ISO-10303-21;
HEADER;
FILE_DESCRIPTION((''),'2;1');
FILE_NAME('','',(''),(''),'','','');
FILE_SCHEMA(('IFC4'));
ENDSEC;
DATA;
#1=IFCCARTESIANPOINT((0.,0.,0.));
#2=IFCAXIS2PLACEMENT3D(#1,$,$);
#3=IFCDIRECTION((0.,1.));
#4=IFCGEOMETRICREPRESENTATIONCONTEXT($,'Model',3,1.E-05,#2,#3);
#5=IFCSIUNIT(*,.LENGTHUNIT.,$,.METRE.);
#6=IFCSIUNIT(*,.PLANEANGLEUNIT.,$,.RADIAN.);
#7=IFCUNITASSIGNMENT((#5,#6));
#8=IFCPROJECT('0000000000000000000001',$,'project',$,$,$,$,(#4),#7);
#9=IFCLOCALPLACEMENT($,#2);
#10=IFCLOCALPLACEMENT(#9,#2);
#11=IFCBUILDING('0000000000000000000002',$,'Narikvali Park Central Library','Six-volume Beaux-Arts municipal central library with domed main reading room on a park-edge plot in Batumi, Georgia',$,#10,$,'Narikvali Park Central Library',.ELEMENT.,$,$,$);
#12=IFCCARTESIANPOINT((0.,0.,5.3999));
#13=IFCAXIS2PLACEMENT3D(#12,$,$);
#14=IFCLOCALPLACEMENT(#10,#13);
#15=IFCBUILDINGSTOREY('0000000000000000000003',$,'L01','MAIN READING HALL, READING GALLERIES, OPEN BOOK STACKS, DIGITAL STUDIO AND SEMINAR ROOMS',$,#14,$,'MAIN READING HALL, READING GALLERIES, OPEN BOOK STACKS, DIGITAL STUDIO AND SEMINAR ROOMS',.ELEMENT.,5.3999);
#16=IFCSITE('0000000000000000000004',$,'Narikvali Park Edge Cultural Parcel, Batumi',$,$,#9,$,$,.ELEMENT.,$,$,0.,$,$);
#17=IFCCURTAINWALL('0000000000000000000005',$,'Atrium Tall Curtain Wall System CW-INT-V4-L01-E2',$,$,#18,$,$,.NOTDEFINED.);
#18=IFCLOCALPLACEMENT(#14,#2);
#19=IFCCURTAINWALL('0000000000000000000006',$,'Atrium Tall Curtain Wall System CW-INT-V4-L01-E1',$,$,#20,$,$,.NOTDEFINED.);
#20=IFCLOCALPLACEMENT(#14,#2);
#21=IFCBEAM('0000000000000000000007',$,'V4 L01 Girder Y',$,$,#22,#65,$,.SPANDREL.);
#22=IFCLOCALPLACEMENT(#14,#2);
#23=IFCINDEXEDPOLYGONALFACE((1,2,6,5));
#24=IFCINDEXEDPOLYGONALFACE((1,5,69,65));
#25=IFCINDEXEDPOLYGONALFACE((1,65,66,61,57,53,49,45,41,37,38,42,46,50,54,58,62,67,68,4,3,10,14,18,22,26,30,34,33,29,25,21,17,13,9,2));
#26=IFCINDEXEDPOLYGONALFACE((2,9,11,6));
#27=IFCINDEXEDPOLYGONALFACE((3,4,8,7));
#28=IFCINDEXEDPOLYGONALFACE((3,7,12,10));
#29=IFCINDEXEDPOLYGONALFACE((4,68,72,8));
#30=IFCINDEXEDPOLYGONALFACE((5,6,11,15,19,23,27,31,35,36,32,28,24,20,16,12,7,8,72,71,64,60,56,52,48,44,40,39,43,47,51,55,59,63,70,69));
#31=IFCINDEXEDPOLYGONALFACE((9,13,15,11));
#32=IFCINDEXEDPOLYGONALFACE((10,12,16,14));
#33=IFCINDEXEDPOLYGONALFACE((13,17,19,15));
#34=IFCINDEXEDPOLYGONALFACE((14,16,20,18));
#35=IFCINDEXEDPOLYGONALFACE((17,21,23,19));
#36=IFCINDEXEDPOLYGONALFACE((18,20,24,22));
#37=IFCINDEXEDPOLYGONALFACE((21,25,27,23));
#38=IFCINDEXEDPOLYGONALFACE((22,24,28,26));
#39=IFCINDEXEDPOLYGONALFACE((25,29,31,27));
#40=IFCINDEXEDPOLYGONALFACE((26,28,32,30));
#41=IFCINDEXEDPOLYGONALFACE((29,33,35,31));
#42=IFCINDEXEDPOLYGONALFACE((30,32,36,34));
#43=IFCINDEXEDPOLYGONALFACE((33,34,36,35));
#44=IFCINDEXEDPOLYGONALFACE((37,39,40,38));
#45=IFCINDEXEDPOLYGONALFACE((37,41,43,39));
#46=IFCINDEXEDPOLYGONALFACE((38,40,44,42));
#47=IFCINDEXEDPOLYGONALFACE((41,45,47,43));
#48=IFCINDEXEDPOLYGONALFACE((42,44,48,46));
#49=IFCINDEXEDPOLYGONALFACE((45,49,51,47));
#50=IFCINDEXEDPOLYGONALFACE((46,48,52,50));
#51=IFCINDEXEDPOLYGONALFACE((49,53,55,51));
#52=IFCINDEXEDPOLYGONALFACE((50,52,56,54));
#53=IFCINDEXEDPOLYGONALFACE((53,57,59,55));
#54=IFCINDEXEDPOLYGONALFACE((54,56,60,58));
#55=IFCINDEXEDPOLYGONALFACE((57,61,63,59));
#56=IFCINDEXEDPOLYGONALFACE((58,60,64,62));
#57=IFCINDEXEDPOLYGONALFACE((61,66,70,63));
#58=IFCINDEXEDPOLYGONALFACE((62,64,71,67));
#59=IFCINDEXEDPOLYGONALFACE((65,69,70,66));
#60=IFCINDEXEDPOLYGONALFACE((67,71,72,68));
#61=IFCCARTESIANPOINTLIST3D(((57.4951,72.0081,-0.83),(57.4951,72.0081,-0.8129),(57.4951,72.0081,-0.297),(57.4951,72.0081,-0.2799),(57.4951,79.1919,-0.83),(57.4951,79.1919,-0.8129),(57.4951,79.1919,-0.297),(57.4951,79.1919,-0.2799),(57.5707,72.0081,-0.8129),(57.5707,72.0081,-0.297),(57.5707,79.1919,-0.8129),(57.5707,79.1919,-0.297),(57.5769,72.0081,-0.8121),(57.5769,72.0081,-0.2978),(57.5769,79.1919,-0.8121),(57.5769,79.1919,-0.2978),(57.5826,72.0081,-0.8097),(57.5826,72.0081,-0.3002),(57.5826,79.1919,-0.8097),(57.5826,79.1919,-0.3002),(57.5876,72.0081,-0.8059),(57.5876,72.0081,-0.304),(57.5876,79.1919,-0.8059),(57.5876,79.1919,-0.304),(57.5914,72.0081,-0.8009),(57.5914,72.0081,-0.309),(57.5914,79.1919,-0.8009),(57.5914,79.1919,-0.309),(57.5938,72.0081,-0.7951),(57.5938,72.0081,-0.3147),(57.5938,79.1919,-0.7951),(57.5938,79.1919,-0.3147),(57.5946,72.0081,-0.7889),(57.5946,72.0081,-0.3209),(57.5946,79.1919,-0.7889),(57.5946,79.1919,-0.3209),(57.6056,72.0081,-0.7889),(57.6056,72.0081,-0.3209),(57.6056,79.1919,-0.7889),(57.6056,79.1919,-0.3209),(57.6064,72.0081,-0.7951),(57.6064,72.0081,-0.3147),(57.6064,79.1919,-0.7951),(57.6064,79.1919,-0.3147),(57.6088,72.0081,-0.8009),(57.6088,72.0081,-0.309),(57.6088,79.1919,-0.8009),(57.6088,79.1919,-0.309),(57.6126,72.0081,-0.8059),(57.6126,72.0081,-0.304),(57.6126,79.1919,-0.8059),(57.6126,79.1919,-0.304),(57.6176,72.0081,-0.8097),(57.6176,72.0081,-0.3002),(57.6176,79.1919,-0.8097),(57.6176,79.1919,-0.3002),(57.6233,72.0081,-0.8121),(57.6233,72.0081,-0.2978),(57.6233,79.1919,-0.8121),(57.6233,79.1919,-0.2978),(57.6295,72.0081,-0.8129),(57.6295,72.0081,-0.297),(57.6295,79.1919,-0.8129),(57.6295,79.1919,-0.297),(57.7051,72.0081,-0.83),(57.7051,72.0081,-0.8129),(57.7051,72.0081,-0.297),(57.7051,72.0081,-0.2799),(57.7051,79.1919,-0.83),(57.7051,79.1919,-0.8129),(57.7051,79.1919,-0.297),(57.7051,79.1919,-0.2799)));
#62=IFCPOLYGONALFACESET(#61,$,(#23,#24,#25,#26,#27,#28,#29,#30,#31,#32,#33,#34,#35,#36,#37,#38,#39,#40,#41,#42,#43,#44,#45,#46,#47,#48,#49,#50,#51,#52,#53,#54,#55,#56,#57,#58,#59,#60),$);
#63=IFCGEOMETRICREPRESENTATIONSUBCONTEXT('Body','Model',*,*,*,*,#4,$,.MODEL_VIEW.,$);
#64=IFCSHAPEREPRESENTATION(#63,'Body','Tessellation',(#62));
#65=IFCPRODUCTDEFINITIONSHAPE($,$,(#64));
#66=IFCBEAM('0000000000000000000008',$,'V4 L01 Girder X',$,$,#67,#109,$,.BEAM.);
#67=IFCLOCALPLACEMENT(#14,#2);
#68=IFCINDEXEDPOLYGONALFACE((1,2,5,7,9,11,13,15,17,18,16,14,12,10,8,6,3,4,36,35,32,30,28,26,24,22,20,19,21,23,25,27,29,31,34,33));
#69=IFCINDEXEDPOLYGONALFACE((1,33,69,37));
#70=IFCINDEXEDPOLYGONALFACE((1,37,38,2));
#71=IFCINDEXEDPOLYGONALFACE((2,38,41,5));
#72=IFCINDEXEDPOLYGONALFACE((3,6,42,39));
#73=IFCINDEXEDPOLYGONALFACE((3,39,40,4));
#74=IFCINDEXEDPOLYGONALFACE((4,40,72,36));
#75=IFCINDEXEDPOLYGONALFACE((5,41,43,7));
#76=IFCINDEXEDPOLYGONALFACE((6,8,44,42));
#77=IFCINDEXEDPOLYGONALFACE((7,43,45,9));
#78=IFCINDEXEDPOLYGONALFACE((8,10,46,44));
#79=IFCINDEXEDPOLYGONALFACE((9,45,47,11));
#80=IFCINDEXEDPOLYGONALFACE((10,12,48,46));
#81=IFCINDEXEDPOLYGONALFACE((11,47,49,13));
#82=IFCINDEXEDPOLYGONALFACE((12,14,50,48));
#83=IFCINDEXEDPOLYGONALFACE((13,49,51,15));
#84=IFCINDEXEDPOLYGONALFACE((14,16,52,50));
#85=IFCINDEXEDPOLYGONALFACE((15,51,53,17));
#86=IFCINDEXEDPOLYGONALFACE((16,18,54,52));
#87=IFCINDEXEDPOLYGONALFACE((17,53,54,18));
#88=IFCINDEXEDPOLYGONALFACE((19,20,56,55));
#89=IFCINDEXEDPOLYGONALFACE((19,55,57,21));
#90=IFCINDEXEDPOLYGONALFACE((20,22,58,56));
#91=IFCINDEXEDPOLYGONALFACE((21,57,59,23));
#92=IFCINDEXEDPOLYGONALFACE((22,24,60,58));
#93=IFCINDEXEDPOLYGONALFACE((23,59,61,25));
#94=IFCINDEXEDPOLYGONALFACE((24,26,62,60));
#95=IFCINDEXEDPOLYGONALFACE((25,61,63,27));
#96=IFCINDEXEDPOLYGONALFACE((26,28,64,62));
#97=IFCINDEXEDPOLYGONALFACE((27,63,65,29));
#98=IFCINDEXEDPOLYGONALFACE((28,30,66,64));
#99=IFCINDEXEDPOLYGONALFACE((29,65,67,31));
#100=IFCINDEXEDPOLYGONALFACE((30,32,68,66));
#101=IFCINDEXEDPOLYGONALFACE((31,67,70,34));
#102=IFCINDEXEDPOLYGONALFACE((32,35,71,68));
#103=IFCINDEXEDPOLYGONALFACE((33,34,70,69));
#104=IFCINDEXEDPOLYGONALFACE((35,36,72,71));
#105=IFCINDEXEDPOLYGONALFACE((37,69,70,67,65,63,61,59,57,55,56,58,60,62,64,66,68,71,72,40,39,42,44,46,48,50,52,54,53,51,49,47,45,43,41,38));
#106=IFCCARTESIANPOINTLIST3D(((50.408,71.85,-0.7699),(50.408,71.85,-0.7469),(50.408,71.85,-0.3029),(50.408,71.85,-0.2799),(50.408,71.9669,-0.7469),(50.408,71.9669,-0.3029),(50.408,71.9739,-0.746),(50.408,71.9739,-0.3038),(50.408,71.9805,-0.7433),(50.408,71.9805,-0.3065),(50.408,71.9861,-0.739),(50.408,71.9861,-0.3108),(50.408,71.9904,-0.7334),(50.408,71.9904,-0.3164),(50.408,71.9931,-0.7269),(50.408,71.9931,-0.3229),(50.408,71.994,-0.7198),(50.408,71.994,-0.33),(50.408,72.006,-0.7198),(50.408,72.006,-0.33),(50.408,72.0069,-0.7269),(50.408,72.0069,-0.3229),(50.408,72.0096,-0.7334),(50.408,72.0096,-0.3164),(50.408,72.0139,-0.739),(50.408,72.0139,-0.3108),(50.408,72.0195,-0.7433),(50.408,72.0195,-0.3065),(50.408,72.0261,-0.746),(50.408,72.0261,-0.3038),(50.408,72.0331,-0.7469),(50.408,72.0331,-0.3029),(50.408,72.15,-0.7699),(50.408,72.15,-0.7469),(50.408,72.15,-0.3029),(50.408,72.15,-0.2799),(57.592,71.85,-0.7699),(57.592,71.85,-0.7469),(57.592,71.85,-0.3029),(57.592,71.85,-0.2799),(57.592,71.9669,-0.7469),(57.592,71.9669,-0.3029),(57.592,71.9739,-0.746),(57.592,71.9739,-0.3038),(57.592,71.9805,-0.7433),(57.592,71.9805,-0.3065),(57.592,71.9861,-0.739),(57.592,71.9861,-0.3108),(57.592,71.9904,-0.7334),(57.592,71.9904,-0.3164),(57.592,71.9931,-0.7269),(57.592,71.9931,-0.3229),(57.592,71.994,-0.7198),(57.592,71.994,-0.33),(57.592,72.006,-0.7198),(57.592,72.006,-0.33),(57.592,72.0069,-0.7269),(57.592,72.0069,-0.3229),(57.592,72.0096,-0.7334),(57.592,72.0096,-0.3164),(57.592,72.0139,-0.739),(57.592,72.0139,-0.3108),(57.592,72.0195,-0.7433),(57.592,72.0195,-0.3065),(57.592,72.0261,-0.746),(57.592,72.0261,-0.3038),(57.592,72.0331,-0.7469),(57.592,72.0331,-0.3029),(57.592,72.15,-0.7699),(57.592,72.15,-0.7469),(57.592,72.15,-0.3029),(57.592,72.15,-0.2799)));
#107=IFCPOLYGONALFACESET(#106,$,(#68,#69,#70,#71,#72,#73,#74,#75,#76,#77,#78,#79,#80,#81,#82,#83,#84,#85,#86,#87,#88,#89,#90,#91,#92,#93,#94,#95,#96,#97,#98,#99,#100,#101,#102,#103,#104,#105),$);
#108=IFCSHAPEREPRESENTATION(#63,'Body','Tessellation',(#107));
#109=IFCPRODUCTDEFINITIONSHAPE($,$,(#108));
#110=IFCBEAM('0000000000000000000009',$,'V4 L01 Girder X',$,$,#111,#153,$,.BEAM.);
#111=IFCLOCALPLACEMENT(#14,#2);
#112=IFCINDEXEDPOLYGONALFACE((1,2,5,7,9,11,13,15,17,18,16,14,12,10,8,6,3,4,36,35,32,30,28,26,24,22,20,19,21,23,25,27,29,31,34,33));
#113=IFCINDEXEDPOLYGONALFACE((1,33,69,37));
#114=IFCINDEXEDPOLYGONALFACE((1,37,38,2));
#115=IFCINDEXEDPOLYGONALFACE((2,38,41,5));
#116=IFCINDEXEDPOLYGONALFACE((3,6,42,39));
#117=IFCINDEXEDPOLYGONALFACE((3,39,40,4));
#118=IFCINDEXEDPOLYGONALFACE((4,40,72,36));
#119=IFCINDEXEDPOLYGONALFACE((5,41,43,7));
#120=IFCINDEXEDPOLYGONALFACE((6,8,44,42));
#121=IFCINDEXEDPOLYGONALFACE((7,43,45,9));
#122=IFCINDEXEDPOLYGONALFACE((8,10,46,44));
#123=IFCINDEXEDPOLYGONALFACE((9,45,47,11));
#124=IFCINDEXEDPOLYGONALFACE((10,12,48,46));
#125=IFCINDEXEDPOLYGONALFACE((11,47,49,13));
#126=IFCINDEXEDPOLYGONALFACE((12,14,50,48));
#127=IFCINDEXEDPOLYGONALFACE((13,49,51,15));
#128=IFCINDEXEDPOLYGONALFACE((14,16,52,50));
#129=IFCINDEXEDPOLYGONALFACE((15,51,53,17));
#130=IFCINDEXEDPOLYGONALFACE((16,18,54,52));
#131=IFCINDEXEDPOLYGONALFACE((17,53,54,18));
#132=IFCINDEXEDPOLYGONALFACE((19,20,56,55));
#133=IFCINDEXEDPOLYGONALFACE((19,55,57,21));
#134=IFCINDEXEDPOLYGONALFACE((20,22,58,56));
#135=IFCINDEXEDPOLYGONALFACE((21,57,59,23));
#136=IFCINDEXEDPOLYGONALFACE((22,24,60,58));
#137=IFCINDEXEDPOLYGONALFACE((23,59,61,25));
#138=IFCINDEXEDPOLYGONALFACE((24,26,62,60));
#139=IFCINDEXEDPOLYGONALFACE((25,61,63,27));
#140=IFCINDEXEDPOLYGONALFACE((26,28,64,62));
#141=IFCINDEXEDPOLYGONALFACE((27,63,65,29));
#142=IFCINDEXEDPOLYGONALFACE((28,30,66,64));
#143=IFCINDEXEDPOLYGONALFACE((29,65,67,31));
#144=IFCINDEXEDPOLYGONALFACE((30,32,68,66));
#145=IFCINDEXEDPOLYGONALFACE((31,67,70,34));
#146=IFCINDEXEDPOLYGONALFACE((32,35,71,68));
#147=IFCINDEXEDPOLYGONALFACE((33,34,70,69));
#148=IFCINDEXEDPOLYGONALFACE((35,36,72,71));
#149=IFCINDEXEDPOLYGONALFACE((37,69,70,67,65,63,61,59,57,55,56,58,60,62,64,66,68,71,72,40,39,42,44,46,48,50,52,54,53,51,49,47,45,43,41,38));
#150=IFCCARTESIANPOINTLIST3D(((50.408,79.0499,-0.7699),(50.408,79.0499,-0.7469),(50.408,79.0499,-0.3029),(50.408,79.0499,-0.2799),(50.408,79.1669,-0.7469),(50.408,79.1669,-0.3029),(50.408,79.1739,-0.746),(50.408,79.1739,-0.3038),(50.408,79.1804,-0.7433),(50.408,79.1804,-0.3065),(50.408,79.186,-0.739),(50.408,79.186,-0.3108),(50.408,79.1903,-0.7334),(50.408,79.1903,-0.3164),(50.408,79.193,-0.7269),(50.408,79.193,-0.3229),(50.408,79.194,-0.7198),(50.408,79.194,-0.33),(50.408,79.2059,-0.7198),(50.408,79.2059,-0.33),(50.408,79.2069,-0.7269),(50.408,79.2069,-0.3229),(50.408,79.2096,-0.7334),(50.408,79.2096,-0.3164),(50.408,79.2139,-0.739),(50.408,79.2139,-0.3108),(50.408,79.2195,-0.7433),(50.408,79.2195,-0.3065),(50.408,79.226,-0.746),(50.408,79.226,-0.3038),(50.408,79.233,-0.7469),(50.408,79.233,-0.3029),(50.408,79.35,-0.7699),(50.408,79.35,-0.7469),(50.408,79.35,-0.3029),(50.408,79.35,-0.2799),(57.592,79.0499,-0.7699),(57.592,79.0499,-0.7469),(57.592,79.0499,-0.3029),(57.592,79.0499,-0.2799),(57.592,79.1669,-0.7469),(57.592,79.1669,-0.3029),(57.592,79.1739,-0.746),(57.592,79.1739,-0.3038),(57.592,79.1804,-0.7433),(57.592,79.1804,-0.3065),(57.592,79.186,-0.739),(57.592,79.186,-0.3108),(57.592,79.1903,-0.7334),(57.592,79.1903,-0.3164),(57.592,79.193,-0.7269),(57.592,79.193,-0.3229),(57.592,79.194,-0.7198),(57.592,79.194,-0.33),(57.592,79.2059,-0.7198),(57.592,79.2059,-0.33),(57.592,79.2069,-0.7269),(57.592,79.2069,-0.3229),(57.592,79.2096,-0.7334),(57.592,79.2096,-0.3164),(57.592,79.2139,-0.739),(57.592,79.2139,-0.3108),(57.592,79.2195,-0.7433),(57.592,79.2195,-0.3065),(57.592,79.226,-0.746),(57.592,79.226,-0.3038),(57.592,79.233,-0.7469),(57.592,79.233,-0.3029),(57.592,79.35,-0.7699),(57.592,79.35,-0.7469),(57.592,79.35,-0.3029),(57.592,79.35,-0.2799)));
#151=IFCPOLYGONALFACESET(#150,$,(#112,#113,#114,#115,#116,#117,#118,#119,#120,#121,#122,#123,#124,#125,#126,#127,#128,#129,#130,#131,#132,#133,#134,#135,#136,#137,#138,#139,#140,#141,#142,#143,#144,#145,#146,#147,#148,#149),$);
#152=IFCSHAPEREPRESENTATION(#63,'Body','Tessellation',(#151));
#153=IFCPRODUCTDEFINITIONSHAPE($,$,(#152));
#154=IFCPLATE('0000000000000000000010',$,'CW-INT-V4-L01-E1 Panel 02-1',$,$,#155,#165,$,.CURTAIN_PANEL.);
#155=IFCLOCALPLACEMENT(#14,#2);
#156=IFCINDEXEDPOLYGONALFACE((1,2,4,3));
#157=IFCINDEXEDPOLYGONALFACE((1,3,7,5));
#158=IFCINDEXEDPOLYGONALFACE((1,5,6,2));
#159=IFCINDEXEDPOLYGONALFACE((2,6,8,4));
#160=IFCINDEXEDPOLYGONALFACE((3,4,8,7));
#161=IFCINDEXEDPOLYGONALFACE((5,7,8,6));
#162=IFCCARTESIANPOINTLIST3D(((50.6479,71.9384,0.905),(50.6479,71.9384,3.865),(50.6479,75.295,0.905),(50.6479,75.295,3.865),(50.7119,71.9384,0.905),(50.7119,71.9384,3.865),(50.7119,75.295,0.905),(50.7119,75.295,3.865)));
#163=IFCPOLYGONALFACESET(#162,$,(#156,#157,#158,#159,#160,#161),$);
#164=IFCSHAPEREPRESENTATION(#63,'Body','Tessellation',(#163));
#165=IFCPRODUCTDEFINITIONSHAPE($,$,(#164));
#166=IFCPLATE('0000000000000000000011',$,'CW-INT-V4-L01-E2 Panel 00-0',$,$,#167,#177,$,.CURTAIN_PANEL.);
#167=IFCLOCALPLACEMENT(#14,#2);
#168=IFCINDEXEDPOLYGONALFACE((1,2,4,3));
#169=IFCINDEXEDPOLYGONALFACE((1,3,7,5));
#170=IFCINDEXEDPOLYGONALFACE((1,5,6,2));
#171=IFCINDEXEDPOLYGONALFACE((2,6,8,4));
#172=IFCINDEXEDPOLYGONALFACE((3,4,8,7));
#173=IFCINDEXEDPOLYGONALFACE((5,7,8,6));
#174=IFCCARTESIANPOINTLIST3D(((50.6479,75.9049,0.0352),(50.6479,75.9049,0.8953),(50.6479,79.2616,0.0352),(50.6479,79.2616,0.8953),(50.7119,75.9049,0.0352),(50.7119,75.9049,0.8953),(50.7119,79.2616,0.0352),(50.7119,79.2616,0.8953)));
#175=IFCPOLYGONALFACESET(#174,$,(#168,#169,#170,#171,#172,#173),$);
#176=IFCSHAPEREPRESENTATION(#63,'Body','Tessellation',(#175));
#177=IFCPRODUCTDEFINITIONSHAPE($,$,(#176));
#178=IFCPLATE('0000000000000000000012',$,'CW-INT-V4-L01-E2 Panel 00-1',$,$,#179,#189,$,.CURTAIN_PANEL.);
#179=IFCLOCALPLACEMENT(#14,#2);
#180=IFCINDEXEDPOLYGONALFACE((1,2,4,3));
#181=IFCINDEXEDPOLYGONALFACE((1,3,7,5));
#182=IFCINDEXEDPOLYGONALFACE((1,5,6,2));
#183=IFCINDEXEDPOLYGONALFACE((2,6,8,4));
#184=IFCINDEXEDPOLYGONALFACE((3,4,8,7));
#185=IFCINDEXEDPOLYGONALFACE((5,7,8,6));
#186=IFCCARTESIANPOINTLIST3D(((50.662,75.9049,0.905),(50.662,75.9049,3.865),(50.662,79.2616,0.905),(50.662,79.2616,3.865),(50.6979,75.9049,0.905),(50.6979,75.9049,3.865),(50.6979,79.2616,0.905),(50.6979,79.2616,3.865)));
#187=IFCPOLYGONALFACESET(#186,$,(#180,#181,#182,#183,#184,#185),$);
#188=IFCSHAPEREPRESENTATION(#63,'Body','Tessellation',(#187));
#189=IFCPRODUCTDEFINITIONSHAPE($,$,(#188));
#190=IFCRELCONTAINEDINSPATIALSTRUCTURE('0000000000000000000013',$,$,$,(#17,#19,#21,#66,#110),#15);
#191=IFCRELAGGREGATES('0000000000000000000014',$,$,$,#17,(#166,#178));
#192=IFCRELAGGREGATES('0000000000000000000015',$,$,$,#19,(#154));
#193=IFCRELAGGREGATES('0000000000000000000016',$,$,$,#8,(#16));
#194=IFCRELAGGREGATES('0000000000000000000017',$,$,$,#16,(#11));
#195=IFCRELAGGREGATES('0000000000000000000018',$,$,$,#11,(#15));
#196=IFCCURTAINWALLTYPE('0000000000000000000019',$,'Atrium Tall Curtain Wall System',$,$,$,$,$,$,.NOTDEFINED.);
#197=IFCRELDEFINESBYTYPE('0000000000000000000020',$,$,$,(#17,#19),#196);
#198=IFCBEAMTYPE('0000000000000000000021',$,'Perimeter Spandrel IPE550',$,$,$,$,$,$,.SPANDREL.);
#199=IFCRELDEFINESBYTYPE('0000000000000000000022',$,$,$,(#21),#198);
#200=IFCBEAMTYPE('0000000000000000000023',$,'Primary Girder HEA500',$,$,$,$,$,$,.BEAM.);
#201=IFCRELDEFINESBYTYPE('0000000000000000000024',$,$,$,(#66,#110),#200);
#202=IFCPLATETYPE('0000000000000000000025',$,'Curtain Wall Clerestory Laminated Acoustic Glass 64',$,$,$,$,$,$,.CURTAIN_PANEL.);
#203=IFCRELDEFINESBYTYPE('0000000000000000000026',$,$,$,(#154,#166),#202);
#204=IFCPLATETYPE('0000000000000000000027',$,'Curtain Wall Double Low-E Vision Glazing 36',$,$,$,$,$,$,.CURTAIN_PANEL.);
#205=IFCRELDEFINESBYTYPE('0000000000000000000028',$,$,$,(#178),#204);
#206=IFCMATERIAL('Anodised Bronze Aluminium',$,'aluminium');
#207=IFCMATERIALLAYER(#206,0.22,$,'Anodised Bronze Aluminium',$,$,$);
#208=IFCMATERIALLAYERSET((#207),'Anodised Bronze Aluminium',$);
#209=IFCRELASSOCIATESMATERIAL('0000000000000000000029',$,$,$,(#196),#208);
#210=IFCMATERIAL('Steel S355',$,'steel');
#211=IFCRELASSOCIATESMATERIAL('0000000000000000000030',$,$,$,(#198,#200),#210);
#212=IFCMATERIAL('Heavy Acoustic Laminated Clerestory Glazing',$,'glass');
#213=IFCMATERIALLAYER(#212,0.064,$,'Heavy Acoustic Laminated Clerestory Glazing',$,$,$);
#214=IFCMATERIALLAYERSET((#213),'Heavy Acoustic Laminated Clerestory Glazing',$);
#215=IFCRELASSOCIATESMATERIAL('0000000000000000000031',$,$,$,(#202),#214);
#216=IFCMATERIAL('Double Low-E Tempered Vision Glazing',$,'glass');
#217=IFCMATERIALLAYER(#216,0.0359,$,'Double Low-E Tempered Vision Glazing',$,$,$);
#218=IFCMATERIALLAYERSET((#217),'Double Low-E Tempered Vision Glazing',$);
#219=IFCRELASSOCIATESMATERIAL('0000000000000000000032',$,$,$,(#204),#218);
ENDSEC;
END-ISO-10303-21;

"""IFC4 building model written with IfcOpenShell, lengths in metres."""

from ifc_helpers import new_model, si_unit, direction, frame, origin, origin_2d, place, context, subcontext, project, spatial, rectangle, i_section, extrude, material, layer, layer_set, material_profile, profile_set, type_object, element, aggregate, save


model = new_model("IFC4")

# Units and contexts
model_context = context("Model", 3, precision=1e-05, world=origin(), true_north=direction((0.0, 1.0)))
body_context = subcontext(model_context, "Body", "Model", "MODEL_VIEW")
ifc_project = project(units=[si_unit("LENGTHUNIT", "METRE"), si_unit("PLANEANGLEUNIT", "RADIAN")], contexts=[model_context])

# Site, building, storey
site_placement = place(None, origin())
site = spatial("IfcSite", under=ifc_project, at=site_placement, Name="Narikvali Park Edge Cultural Parcel, Batumi", CompositionType="ELEMENT", RefElevation=0.0)
building_placement = place(site_placement, origin())
building = spatial("IfcBuilding", under=site, at=building_placement, Name="Narikvali Park Central Library", Description="Six-volume Beaux-Arts municipal central library with domed main reading room on a park-edge plot in Batumi, Georgia", LongName="Narikvali Park Central Library", CompositionType="ELEMENT")
storey_placement = place(building_placement, frame((0.0, 0.0, 5.3999)))
storey = spatial("IfcBuildingStorey", under=building, at=storey_placement, Name="L01", Description="MAIN READING HALL, READING GALLERIES, OPEN BOOK STACKS, DIGITAL STUDIO AND SEMINAR ROOMS", LongName="MAIN READING HALL, READING GALLERIES, OPEN BOOK STACKS, DIGITAL STUDIO AND SEMINAR ROOMS", CompositionType="ELEMENT", Elevation=5.3999)

# Shared definitions
ifc_material_1 = material(Name="Steel S355", Category="steel")

# Shared definitions
ifc_material_2 = material(Name="Anodised Bronze Aluminium", Category="aluminium")

# Curtain wall
ifc_layer_1 = layer(ifc_material_2, 0.22, Name="Anodised Bronze Aluminium")
ifc_layer_set_1 = layer_set([ifc_layer_1], Name="Anodised Bronze Aluminium")
curtain_wall_type_1 = type_object("IfcCurtainWallType", Name="Atrium Tall Curtain Wall System", PredefinedType="NOTDEFINED", material=ifc_layer_set_1)
curtain_wall_1_placement = place(storey_placement, origin())
curtain_wall_1 = element("IfcCurtainWall", 1, at=curtain_wall_1_placement, inside=storey, type_object=curtain_wall_type_1, Name="Atrium Tall Curtain Wall System CW-INT-V4-L01-E2", PredefinedType="NOTDEFINED")

# Curtain wall
curtain_wall_2_placement = place(storey_placement, origin())
curtain_wall_2 = element("IfcCurtainWall", 2, at=curtain_wall_2_placement, inside=storey, type_object=curtain_wall_type_1, Name="Atrium Tall Curtain Wall System CW-INT-V4-L01-E1", PredefinedType="NOTDEFINED")

# Beams
ifc_material_profile_1 = material_profile(ifc_material_1, i_section(OverallWidth=0.21, OverallDepth=0.55, WebThickness=0.011, FlangeThickness=0.0171, FilletRadius=0.0239, at=origin_2d()), Name="IPE 550")
ifc_profile_set_1 = profile_set([ifc_material_profile_1], Name="Steel S355")
beam_type_1 = type_object("IfcBeamType", Name="Perimeter Spandrel IPE550", PredefinedType="SPANDREL", material=ifc_profile_set_1)
beam_placement = place(storey_placement, frame((57.6001, 72.0081, -0.5549), z_axis=(0.0, 1.0, 0.0), x_axis=(-1.0, 0.0, 0.0)))
element("IfcBeam", 3, at=beam_placement, inside=storey, type_object=beam_type_1, Name="V4 L01 Girder Y", PredefinedType="SPANDREL", context=body_context, shape_type="SweptSolid", body=[
    extrude(i_section(OverallWidth=0.21, OverallDepth=0.55, WebThickness=0.011, FlangeThickness=0.0171, FilletRadius=0.0239, at=origin_2d()), origin(), (0.0, 0.0, 1.0), 7.1838),
])
ifc_material_profile_2 = material_profile(ifc_material_1, i_section(OverallWidth=0.3, OverallDepth=0.49, WebThickness=0.012, FlangeThickness=0.0229, FilletRadius=0.0271, at=origin_2d()), Name="HEA 500")
ifc_profile_set_2 = profile_set([ifc_material_profile_2], Name="Steel S355")
beam_type_2 = type_object("IfcBeamType", Name="Primary Girder HEA500", PredefinedType="BEAM", material=ifc_profile_set_2)
for number, where, z_axis, x_axis, name in (
    (4, (50.408, 72.0, -0.5249), (1.0, 0.0, 0.0), (0.0, 1.0, 0.0), "V4 L01 Girder X"),
    (5, (50.408, 79.2, -0.5249), (1.0, 0.0, 0.0), (0.0, 1.0, 0.0), "V4 L01 Girder X"),
):
    element("IfcBeam", number, at=place(storey_placement, frame(where, z_axis=z_axis, x_axis=x_axis)), inside=storey, type_object=beam_type_2, Name=name, PredefinedType="BEAM", context=body_context, shape_type="SweptSolid", body=[
        extrude(i_section(OverallWidth=0.3, OverallDepth=0.49, WebThickness=0.012, FlangeThickness=0.0229, FilletRadius=0.0271, at=origin_2d()), origin(), (0.0, 0.0, 1.0), 7.1841),
    ])

# Plates
ifc_material_3 = material(Name="Heavy Acoustic Laminated Clerestory Glazing", Category="glass")
ifc_layer_2 = layer(ifc_material_3, 0.064, Name="Heavy Acoustic Laminated Clerestory Glazing")
ifc_layer_set_2 = layer_set([ifc_layer_2], Name="Heavy Acoustic Laminated Clerestory Glazing")
plate_type_1 = type_object("IfcPlateType", Name="Curtain Wall Clerestory Laminated Acoustic Glass 64", PredefinedType="CURTAIN_PANEL", material=ifc_layer_set_2)
plate_1_placement = place(storey_placement, frame((50.6799, 73.6167, 0.905), z_axis=(0.0, 0.0, 1.0), x_axis=(0.0, 1.0, 0.0)))
plate_1 = element("IfcPlate", 6, at=plate_1_placement, type_object=plate_type_1, Name="CW-INT-V4-L01-E1 Panel 02-1", PredefinedType="CURTAIN_PANEL", context=body_context, shape_type="SweptSolid", body=[
    extrude(rectangle(XDim=3.3567, YDim=0.064, at=origin_2d()), origin(), (0.0, 0.0, 1.0), 2.96),
])
plate_2_placement = place(storey_placement, frame((50.6799, 77.5833, 0.0352), z_axis=(0.0, 0.0, 1.0), x_axis=(0.0, 1.0, 0.0)))
plate_2 = element("IfcPlate", 7, at=plate_2_placement, type_object=plate_type_1, Name="CW-INT-V4-L01-E2 Panel 00-0", PredefinedType="CURTAIN_PANEL", context=body_context, shape_type="SweptSolid", body=[
    extrude(rectangle(XDim=3.3567, YDim=0.064, at=origin_2d()), origin(), (0.0, 0.0, 1.0), 0.8601),
])
ifc_material_4 = material(Name="Double Low-E Tempered Vision Glazing", Category="glass")
ifc_layer_3 = layer(ifc_material_4, 0.0359, Name="Double Low-E Tempered Vision Glazing")
ifc_layer_set_3 = layer_set([ifc_layer_3], Name="Double Low-E Tempered Vision Glazing")
plate_type_2 = type_object("IfcPlateType", Name="Curtain Wall Double Low-E Vision Glazing 36", PredefinedType="CURTAIN_PANEL", material=ifc_layer_set_3)
plate_3_placement = place(storey_placement, frame((50.6799, 77.5833, 0.905), z_axis=(0.0, 0.0, 1.0), x_axis=(0.0, 1.0, 0.0)))
plate_3 = element("IfcPlate", 8, at=plate_3_placement, type_object=plate_type_2, Name="CW-INT-V4-L01-E2 Panel 00-1", PredefinedType="CURTAIN_PANEL", context=body_context, shape_type="SweptSolid", body=[
    extrude(rectangle(XDim=3.3567, YDim=0.0359, at=origin_2d()), origin(), (0.0, 0.0, 1.0), 2.96),
])
aggregate(curtain_wall_1, [plate_2, plate_3])
aggregate(curtain_wall_2, [plate_1])

save(model, "model.ifc")
